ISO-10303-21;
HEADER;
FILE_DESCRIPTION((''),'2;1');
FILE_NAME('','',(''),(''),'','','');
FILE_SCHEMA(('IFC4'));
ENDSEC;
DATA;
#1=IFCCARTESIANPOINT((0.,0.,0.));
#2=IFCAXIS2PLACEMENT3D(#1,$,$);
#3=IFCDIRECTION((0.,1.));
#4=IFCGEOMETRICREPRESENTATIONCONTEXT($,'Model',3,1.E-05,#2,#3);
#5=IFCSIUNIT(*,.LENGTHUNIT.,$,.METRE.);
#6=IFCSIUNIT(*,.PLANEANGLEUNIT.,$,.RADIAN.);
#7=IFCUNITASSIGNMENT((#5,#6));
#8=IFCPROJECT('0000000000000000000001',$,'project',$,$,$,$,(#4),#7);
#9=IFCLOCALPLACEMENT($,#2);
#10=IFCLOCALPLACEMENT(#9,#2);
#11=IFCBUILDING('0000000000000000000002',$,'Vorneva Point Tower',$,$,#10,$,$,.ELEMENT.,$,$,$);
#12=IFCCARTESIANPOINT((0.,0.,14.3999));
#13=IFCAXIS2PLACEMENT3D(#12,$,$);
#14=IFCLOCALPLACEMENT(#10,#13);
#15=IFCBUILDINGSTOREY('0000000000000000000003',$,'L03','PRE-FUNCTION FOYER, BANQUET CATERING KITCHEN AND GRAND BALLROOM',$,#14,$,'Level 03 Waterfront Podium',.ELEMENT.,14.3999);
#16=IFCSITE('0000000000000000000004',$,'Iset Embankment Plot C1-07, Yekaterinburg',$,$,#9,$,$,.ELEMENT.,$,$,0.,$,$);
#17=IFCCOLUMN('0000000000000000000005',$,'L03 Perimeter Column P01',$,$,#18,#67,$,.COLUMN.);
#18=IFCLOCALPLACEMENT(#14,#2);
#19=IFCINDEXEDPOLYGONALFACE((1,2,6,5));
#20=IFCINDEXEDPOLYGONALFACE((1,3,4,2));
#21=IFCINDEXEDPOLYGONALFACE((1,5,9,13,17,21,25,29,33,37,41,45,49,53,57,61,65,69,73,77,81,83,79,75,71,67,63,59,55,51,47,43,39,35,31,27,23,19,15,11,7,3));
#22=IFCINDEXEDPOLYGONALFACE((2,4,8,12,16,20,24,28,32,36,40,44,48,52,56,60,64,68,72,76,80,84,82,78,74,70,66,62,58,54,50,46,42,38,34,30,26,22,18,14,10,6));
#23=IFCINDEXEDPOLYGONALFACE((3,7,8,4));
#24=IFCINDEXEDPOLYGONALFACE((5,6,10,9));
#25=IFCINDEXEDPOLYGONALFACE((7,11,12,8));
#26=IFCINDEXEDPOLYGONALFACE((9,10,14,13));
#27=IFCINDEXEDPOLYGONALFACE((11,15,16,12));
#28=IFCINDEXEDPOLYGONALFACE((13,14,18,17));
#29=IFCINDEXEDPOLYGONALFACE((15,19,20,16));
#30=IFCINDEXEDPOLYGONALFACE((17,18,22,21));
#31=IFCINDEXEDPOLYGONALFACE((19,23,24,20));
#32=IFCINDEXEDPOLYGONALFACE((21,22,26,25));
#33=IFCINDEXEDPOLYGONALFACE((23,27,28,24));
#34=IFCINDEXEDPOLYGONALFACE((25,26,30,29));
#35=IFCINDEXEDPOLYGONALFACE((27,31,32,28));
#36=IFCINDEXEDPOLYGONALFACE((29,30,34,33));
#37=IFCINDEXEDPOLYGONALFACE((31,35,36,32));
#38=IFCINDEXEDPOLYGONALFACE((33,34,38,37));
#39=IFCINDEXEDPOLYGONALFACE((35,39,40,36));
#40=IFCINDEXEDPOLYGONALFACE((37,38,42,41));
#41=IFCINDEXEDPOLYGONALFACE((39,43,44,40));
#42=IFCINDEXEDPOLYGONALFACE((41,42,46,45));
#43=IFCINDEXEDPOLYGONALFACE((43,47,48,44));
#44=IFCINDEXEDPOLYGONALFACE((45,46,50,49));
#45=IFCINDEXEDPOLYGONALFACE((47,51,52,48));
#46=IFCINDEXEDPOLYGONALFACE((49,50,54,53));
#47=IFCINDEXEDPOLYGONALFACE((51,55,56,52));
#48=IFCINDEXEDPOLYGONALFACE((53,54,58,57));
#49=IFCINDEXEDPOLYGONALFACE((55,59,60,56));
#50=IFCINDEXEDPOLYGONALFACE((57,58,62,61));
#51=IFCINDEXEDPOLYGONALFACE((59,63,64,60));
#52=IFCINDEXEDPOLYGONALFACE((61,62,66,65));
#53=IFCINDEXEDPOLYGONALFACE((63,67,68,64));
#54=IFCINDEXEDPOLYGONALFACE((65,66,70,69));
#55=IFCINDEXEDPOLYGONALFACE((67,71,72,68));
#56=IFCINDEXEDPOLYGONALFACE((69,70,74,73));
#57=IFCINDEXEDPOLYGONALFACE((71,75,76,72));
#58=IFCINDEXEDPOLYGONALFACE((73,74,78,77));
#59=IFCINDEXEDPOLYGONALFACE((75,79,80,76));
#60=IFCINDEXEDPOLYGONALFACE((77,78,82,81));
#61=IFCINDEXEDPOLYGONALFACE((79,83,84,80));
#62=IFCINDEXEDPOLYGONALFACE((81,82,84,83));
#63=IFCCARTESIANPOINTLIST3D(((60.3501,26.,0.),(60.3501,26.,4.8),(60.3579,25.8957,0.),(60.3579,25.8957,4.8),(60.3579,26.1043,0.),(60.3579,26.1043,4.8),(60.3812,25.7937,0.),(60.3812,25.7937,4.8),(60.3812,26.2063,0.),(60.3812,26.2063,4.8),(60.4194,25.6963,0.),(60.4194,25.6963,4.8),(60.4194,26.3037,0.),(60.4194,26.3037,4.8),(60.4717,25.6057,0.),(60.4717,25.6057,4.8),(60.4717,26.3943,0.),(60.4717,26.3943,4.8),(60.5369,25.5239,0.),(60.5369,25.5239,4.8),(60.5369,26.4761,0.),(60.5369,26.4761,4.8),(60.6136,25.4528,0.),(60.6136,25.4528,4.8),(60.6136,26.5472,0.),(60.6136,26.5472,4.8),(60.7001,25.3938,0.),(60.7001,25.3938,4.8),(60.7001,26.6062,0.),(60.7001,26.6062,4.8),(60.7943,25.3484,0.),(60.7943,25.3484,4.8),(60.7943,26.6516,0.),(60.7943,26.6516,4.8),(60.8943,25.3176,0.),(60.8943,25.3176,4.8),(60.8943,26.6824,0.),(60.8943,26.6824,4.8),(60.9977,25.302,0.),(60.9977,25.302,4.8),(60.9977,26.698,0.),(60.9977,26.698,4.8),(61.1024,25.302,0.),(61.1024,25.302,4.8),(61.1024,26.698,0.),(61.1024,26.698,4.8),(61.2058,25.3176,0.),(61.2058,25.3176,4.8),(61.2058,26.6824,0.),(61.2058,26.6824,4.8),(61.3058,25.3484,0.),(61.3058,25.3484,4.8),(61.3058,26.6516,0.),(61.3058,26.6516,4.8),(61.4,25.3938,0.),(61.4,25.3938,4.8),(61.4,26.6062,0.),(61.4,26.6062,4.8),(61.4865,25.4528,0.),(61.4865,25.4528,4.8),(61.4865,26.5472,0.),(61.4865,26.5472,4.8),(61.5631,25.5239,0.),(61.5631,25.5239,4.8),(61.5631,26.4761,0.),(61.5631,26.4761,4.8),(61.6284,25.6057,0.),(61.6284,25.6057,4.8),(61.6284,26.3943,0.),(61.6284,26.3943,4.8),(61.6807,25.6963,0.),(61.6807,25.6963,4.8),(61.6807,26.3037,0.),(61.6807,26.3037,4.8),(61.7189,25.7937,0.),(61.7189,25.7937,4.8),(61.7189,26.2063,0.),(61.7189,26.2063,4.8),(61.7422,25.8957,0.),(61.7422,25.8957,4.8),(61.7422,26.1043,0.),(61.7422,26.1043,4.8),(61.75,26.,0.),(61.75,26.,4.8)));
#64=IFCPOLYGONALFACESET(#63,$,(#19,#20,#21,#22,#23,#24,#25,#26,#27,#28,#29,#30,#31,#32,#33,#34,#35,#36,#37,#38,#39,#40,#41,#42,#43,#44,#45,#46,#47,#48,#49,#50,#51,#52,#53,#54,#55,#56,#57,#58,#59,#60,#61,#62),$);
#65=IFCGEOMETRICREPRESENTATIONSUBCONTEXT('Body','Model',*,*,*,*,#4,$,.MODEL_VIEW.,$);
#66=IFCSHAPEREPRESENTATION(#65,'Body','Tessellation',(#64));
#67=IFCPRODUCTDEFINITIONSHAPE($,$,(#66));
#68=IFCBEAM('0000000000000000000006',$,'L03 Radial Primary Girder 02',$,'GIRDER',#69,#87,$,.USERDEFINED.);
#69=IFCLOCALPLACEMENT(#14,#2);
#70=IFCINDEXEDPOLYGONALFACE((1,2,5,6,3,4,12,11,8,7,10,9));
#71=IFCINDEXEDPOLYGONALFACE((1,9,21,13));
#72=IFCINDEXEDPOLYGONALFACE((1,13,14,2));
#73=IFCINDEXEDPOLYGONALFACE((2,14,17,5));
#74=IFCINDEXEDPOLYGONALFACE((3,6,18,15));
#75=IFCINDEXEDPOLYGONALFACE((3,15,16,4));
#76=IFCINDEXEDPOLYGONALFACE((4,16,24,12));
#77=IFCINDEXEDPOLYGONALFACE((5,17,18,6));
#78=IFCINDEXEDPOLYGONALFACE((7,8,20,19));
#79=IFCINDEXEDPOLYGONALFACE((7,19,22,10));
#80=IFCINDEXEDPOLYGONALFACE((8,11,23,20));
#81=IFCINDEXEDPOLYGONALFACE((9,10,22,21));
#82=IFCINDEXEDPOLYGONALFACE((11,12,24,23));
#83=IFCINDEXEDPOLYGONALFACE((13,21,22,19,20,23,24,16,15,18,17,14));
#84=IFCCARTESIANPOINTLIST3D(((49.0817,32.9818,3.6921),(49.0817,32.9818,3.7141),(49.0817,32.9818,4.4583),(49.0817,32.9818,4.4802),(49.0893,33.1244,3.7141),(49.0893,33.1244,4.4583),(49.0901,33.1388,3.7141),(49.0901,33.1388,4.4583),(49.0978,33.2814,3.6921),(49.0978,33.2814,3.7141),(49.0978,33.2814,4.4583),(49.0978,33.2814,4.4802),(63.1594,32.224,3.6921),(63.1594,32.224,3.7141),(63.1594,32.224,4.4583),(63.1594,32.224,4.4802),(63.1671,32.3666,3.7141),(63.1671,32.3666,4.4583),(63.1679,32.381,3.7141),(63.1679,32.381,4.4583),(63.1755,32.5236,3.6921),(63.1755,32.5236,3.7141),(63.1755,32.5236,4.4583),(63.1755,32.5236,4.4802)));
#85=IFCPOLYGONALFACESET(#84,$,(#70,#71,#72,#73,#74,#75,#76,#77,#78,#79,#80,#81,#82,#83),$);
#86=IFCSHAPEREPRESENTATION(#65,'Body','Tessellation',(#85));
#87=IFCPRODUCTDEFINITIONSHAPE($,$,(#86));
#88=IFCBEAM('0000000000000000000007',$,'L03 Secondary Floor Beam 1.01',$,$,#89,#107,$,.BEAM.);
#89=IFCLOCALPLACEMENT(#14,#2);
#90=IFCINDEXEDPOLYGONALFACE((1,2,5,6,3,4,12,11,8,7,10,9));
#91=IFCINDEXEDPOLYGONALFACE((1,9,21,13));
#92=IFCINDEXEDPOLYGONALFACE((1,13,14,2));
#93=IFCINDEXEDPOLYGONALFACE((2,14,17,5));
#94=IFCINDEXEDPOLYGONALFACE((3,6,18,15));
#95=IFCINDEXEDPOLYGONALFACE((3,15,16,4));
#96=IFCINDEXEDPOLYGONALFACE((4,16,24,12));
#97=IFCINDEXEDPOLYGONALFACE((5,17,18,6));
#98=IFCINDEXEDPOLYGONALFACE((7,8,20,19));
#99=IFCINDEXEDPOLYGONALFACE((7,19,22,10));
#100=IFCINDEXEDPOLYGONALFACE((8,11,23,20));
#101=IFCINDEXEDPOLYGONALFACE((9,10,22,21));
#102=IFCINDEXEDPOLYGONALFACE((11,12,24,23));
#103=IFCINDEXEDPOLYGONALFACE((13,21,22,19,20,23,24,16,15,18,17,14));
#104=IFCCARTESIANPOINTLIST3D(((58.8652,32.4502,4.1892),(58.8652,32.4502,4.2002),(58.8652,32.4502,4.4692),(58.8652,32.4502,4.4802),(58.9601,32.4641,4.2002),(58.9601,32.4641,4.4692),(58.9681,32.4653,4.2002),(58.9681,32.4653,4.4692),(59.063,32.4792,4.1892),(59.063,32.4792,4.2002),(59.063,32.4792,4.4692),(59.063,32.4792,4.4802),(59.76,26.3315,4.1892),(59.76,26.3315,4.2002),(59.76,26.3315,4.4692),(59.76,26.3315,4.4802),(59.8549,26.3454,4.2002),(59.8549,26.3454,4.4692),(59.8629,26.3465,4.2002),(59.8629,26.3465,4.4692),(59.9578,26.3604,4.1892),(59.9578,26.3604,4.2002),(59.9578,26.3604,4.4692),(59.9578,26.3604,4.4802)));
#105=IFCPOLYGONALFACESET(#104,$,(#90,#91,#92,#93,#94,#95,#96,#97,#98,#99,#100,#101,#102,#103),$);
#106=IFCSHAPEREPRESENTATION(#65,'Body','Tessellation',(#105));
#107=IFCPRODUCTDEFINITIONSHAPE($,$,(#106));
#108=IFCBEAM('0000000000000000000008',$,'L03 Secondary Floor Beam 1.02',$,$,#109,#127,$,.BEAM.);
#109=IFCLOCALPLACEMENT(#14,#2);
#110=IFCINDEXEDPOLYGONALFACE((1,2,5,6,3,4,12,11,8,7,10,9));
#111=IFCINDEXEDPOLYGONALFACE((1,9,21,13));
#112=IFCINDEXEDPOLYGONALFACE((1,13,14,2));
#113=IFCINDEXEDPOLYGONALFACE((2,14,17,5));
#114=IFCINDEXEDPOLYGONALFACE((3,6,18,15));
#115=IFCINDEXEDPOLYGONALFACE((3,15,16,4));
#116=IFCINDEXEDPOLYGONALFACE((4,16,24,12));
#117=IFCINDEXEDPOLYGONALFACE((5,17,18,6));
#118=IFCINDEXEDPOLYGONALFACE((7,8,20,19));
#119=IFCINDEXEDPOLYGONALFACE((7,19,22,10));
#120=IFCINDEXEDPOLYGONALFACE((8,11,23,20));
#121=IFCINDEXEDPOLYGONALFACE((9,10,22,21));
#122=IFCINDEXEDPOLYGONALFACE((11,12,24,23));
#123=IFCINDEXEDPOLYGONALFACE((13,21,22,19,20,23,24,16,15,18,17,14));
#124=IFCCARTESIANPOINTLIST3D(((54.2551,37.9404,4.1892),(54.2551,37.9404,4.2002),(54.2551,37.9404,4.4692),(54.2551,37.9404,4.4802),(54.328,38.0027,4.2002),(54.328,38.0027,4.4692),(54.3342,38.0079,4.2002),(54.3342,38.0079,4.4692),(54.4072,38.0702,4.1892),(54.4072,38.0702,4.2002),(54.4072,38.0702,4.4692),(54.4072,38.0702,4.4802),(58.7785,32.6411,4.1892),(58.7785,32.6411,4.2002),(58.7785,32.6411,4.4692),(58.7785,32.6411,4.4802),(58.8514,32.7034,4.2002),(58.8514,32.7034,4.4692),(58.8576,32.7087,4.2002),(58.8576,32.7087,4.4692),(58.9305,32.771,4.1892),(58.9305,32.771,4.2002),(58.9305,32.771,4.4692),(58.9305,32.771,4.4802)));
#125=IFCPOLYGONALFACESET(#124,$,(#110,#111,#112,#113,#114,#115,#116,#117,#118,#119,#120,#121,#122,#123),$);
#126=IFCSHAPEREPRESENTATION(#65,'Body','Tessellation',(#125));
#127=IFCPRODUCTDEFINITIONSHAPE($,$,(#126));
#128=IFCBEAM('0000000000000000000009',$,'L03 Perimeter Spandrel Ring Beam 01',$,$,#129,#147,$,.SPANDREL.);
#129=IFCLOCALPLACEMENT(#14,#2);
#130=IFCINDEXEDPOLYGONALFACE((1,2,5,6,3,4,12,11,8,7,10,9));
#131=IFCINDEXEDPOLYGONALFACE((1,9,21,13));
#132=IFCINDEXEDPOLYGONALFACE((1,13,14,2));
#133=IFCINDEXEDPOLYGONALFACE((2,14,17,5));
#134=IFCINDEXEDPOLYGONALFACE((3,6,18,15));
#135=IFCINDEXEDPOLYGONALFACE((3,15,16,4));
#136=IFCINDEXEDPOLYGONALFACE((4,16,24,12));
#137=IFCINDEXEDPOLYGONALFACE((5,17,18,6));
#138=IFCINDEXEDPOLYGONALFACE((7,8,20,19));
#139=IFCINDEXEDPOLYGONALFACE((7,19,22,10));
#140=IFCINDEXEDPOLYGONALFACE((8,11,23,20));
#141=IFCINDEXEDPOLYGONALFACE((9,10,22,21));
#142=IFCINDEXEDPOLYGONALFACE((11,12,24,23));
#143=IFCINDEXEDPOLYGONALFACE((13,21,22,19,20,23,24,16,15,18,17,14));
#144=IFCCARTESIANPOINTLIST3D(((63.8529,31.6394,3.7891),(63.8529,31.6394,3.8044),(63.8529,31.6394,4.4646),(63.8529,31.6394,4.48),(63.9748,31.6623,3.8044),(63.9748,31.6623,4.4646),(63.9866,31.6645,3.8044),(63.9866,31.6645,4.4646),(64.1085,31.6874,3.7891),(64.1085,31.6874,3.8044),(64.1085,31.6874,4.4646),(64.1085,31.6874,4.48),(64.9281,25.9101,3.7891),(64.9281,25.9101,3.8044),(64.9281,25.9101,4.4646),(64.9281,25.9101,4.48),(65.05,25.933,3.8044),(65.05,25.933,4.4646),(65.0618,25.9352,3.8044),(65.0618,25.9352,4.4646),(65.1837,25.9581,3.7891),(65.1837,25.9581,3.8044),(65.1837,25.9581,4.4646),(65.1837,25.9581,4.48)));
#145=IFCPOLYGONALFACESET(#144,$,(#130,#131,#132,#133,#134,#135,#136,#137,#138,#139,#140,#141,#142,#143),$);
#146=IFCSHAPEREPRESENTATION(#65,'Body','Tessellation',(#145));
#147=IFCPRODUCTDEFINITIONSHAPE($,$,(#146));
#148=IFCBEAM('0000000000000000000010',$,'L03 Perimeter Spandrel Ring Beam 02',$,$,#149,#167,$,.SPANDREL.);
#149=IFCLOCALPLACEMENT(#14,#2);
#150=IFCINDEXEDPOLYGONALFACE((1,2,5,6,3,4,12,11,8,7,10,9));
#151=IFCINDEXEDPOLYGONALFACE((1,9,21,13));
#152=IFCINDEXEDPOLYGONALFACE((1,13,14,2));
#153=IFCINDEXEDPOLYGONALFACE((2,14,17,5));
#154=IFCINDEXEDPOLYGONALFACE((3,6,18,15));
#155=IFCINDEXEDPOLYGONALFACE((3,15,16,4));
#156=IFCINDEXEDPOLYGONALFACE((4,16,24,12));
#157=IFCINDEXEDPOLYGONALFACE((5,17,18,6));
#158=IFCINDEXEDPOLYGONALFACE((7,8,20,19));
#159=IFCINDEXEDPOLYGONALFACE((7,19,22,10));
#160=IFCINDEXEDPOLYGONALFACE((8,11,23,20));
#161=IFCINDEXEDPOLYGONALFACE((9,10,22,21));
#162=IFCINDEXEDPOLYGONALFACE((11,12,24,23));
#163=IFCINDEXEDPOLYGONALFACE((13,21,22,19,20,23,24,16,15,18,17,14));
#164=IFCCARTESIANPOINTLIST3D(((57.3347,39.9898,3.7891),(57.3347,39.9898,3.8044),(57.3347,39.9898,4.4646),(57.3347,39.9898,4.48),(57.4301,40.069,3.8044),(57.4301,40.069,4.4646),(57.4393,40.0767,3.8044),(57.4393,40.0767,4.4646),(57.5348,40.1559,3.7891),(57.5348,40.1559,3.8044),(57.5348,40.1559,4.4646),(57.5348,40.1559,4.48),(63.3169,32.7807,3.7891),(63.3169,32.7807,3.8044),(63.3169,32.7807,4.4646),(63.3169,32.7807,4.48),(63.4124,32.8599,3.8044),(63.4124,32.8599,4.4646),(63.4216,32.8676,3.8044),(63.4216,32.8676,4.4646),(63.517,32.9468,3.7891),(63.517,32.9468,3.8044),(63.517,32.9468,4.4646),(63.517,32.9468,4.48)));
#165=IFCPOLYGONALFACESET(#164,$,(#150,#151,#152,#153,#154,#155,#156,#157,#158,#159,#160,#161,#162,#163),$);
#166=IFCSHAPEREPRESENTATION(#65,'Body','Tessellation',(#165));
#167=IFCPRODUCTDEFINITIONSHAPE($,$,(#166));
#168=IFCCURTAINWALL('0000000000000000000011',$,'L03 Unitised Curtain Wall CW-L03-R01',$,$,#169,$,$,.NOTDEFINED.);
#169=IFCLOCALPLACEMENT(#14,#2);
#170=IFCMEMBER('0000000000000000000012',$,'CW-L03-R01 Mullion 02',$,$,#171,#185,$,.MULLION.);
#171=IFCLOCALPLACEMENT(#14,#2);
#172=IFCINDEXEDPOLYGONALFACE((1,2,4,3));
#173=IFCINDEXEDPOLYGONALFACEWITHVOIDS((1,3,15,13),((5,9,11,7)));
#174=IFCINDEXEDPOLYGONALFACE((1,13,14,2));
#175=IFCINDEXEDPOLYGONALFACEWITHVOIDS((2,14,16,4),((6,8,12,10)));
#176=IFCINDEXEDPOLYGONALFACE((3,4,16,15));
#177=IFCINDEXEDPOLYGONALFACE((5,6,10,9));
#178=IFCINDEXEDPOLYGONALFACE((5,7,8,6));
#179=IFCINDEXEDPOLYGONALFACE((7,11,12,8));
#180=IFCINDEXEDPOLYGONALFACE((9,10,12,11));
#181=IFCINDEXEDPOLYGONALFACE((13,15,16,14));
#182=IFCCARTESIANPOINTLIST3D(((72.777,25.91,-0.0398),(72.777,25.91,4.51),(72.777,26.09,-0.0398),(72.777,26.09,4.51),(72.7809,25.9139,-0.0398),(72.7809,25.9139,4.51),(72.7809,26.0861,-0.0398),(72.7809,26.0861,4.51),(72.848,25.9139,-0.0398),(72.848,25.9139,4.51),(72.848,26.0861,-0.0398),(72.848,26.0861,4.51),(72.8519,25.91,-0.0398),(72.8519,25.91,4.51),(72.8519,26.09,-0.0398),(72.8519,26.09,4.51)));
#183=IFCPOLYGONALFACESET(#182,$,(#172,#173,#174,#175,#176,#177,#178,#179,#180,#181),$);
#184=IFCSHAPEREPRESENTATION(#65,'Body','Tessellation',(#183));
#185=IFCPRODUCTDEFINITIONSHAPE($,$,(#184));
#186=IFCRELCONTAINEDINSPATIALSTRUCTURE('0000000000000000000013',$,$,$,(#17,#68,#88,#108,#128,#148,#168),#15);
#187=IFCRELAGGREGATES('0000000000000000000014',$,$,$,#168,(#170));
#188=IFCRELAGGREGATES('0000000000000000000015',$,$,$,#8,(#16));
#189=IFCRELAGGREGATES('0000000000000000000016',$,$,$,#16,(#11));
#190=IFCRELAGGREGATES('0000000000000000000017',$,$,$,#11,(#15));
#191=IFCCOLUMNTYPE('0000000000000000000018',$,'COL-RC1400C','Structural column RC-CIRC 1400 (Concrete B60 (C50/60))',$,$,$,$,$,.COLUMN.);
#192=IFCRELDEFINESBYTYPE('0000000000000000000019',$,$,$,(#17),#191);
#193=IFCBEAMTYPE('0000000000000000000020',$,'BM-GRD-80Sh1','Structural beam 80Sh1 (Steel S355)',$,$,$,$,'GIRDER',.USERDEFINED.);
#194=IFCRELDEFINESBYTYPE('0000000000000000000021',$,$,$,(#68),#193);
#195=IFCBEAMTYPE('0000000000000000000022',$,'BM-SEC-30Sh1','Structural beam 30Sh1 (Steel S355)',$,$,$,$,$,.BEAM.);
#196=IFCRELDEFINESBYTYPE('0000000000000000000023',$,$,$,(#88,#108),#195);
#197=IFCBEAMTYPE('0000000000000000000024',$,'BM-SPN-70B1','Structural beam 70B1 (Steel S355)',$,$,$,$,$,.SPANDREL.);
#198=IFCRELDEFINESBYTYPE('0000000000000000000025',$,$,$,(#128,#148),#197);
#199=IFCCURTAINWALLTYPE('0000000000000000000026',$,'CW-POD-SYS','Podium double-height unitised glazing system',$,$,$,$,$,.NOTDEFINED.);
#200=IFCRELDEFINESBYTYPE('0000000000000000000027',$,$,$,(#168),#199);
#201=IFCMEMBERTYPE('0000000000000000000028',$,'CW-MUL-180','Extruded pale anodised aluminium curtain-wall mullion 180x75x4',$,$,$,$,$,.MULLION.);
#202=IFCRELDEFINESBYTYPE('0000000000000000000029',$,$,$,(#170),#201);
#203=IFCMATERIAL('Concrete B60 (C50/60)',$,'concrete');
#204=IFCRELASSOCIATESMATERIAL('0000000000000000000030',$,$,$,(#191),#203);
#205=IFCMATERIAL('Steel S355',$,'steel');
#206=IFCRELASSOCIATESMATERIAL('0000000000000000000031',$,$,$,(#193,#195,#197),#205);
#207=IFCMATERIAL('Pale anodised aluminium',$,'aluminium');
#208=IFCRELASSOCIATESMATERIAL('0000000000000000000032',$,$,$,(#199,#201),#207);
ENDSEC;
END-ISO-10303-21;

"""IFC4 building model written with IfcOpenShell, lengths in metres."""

from ifc_helpers import new_model, si_unit, direction, frame, origin, origin_2d, place, context, subcontext, project, spatial, hollow_rectangle, circle, i_section, extrude, material, material_profile, profile_set, type_object, element, aggregate, save


model = new_model("IFC4")

# Units and contexts
model_context = context("Model", 3, precision=1e-05, world=origin(), true_north=direction((0.0, 1.0)))
body_context = subcontext(model_context, "Body", "Model", "MODEL_VIEW")
ifc_project = project(units=[si_unit("LENGTHUNIT", "METRE"), si_unit("PLANEANGLEUNIT", "RADIAN")], contexts=[model_context])

# Site, building, storey
site_placement = place(None, origin())
site = spatial("IfcSite", under=ifc_project, at=site_placement, Name="Iset Embankment Plot C1-07, Yekaterinburg", CompositionType="ELEMENT", RefElevation=0.0)
building_placement = place(site_placement, origin())
building = spatial("IfcBuilding", under=site, at=building_placement, Name="Vorneva Point Tower", CompositionType="ELEMENT")
storey_placement = place(building_placement, frame((0.0, 0.0, 14.3999)))
storey = spatial("IfcBuildingStorey", under=building, at=storey_placement, Name="L03", Description="PRE-FUNCTION FOYER, BANQUET CATERING KITCHEN AND GRAND BALLROOM", LongName="Level 03 Waterfront Podium", CompositionType="ELEMENT", Elevation=14.3999)

# Column
ifc_material_1 = material(Name="Concrete B60 (C50/60)", Category="concrete")
ifc_material_profile_1 = material_profile(ifc_material_1, circle(Radius=0.7, at=origin_2d()), Name="RC-CIRC 1400")
ifc_profile_set_1 = profile_set([ifc_material_profile_1], Name="Concrete B60 (C50/60)")
column_type = type_object("IfcColumnType", Name="COL-RC1400C", Description="Structural column RC-CIRC 1400 (Concrete B60 (C50/60))", PredefinedType="COLUMN", material=ifc_profile_set_1)
for number, where, z_axis, x_axis, name in (
    (1, (61.05, 26.0, 0.0), (0.0, 0.0, 1.0), (1.0, 0.0, 0.0), "L03 Perimeter Column P01"),
):
    element("IfcColumn", number, at=place(storey_placement, frame(where, z_axis=z_axis, x_axis=x_axis)), inside=storey, type_object=column_type, Name=name, PredefinedType="COLUMN", context=body_context, shape_type="SweptSolid", body=[
        extrude(circle(Radius=0.7, at=origin_2d()), origin(), (0.0, 0.0, 1.0), 4.8),
    ])

# Beams
ifc_material_2 = material(Name="Steel S355", Category="steel")
ifc_material_profile_2 = material_profile(ifc_material_2, i_section(OverallWidth=0.3, OverallDepth=0.7881, WebThickness=0.0144, FlangeThickness=0.022, at=origin_2d()), Name="80Sh1")
ifc_profile_set_2 = profile_set([ifc_material_profile_2], Name="Steel S355")
beam_type_1 = type_object("IfcBeamType", Name="BM-GRD-80Sh1", Description="Structural beam 80Sh1 (Steel S355)", ElementType="GIRDER", PredefinedType="USERDEFINED", material=ifc_profile_set_2)
beam_1_placement = place(storey_placement, frame((63.1675, 32.3738, 4.0862), z_axis=(-0.998554, 0.053752, 0.0), x_axis=(-0.053752, -0.998554, 0.0)))
element("IfcBeam", 2, at=beam_1_placement, inside=storey, type_object=beam_type_1, Name="L03 Radial Primary Girder 02", ObjectType="GIRDER", PredefinedType="USERDEFINED", context=body_context, shape_type="SweptSolid", body=[
    extrude(i_section(OverallWidth=0.3, OverallDepth=0.7881, WebThickness=0.0144, FlangeThickness=0.022, at=origin_2d()), origin(), (0.0, 0.0, 1.0), 14.0981),
])
ifc_material_profile_3 = material_profile(ifc_material_2, i_section(OverallWidth=0.2, OverallDepth=0.291, WebThickness=0.0081, FlangeThickness=0.011, at=origin_2d()), Name="30Sh1")
ifc_profile_set_3 = profile_set([ifc_material_profile_3], Name="Steel S355")
beam_type_2 = type_object("IfcBeamType", Name="BM-SEC-30Sh1", Description="Structural beam 30Sh1 (Steel S355)", PredefinedType="BEAM", material=ifc_profile_set_3)
beam_2_placement = place(storey_placement, frame((59.8589, 26.3459, 4.3347), z_axis=(-0.144698, 0.989476, 0.0), x_axis=(-0.989476, -0.144698, 0.0)))
element("IfcBeam", 3, at=beam_2_placement, inside=storey, type_object=beam_type_2, Name="L03 Secondary Floor Beam 1.01", PredefinedType="BEAM", context=body_context, shape_type="SweptSolid", body=[
    extrude(i_section(OverallWidth=0.2, OverallDepth=0.291, WebThickness=0.0081, FlangeThickness=0.011, at=origin_2d()), origin(), (0.0, 0.0, 1.0), 6.1838),
])
beam_3_placement = place(storey_placement, frame((58.8545, 32.7061, 4.3347), z_axis=(-0.649232, 0.760591, 0.0), x_axis=(-0.760591, -0.649232, 0.0)))
element("IfcBeam", 4, at=beam_3_placement, inside=storey, type_object=beam_type_2, Name="L03 Secondary Floor Beam 1.02", PredefinedType="BEAM", context=body_context, shape_type="SweptSolid", body=[
    extrude(i_section(OverallWidth=0.2, OverallDepth=0.291, WebThickness=0.0081, FlangeThickness=0.011, at=origin_2d()), origin(), (0.0, 0.0, 1.0), 6.9673),
])
ifc_material_profile_4 = material_profile(ifc_material_2, i_section(OverallWidth=0.26, OverallDepth=0.6909, WebThickness=0.012, FlangeThickness=0.0154, at=origin_2d()), Name="70B1")
ifc_profile_set_4 = profile_set([ifc_material_profile_4], Name="Steel S355")
beam_type_3 = type_object("IfcBeamType", Name="BM-SPN-70B1", Description="Structural beam 70B1 (Steel S355)", PredefinedType="SPANDREL", material=ifc_profile_set_4)
beam_4_placement = place(storey_placement, frame((65.0559, 25.9341, 4.1345), z_axis=(-0.184448, 0.982842, 0.0), x_axis=(-0.982842, -0.184448, 0.0)))
element("IfcBeam", 5, at=beam_4_placement, inside=storey, type_object=beam_type_3, Name="L03 Perimeter Spandrel Ring Beam 01", PredefinedType="SPANDREL", context=body_context, shape_type="SweptSolid", body=[
    extrude(i_section(OverallWidth=0.26, OverallDepth=0.6909, WebThickness=0.012, FlangeThickness=0.0154, at=origin_2d()), origin(), (0.0, 0.0, 1.0), 5.8293),
])
beam_5_placement = place(storey_placement, frame((63.417, 32.8638, 4.1345), z_axis=(-0.638589, 0.769548, 0.0), x_axis=(-0.769548, -0.638589, 0.0)))
element("IfcBeam", 6, at=beam_5_placement, inside=storey, type_object=beam_type_3, Name="L03 Perimeter Spandrel Ring Beam 02", PredefinedType="SPANDREL", context=body_context, shape_type="SweptSolid", body=[
    extrude(i_section(OverallWidth=0.26, OverallDepth=0.6909, WebThickness=0.012, FlangeThickness=0.0154, at=origin_2d()), origin(), (0.0, 0.0, 1.0), 9.3679),
])

# Curtain wall, member
ifc_material_3 = material(Name="Pale anodised aluminium", Category="aluminium")
curtain_wall_type = type_object("IfcCurtainWallType", Name="CW-POD-SYS", Description="Podium double-height unitised glazing system", PredefinedType="NOTDEFINED", material=ifc_material_3)
curtain_wall_1_placement = place(storey_placement, origin())
curtain_wall_1 = element("IfcCurtainWall", 7, at=curtain_wall_1_placement, inside=storey, type_object=curtain_wall_type, Name="L03 Unitised Curtain Wall CW-L03-R01", PredefinedType="NOTDEFINED")
ifc_material_profile_5 = material_profile(ifc_material_3, hollow_rectangle(XDim=0.075, YDim=0.1799, WallThickness=0.0039, at=origin_2d()), Name="AL-MUL 180x75x4")
ifc_profile_set_5 = profile_set([ifc_material_profile_5], Name="Pale anodised aluminium")
member_type_1 = type_object("IfcMemberType", Name="CW-MUL-180", Description="Extruded pale anodised aluminium curtain-wall mullion 180x75x4", PredefinedType="MULLION", material=ifc_profile_set_5)
member_1_placement = place(storey_placement, frame((72.8145, 26.0, -0.0398), z_axis=(0.0, 0.0, 1.0), x_axis=(1.0, 0.0, 0.0)))
member_1 = element("IfcMember", 8, at=member_1_placement, type_object=member_type_1, Name="CW-L03-R01 Mullion 02", PredefinedType="MULLION", context=body_context, shape_type="SweptSolid", body=[
    extrude(hollow_rectangle(XDim=0.075, YDim=0.1799, WallThickness=0.0039, at=origin_2d()), origin(), (0.0, 0.0, 1.0), 4.5498),
])

aggregate(curtain_wall_1, [member_1])

save(model, "model.ifc")
